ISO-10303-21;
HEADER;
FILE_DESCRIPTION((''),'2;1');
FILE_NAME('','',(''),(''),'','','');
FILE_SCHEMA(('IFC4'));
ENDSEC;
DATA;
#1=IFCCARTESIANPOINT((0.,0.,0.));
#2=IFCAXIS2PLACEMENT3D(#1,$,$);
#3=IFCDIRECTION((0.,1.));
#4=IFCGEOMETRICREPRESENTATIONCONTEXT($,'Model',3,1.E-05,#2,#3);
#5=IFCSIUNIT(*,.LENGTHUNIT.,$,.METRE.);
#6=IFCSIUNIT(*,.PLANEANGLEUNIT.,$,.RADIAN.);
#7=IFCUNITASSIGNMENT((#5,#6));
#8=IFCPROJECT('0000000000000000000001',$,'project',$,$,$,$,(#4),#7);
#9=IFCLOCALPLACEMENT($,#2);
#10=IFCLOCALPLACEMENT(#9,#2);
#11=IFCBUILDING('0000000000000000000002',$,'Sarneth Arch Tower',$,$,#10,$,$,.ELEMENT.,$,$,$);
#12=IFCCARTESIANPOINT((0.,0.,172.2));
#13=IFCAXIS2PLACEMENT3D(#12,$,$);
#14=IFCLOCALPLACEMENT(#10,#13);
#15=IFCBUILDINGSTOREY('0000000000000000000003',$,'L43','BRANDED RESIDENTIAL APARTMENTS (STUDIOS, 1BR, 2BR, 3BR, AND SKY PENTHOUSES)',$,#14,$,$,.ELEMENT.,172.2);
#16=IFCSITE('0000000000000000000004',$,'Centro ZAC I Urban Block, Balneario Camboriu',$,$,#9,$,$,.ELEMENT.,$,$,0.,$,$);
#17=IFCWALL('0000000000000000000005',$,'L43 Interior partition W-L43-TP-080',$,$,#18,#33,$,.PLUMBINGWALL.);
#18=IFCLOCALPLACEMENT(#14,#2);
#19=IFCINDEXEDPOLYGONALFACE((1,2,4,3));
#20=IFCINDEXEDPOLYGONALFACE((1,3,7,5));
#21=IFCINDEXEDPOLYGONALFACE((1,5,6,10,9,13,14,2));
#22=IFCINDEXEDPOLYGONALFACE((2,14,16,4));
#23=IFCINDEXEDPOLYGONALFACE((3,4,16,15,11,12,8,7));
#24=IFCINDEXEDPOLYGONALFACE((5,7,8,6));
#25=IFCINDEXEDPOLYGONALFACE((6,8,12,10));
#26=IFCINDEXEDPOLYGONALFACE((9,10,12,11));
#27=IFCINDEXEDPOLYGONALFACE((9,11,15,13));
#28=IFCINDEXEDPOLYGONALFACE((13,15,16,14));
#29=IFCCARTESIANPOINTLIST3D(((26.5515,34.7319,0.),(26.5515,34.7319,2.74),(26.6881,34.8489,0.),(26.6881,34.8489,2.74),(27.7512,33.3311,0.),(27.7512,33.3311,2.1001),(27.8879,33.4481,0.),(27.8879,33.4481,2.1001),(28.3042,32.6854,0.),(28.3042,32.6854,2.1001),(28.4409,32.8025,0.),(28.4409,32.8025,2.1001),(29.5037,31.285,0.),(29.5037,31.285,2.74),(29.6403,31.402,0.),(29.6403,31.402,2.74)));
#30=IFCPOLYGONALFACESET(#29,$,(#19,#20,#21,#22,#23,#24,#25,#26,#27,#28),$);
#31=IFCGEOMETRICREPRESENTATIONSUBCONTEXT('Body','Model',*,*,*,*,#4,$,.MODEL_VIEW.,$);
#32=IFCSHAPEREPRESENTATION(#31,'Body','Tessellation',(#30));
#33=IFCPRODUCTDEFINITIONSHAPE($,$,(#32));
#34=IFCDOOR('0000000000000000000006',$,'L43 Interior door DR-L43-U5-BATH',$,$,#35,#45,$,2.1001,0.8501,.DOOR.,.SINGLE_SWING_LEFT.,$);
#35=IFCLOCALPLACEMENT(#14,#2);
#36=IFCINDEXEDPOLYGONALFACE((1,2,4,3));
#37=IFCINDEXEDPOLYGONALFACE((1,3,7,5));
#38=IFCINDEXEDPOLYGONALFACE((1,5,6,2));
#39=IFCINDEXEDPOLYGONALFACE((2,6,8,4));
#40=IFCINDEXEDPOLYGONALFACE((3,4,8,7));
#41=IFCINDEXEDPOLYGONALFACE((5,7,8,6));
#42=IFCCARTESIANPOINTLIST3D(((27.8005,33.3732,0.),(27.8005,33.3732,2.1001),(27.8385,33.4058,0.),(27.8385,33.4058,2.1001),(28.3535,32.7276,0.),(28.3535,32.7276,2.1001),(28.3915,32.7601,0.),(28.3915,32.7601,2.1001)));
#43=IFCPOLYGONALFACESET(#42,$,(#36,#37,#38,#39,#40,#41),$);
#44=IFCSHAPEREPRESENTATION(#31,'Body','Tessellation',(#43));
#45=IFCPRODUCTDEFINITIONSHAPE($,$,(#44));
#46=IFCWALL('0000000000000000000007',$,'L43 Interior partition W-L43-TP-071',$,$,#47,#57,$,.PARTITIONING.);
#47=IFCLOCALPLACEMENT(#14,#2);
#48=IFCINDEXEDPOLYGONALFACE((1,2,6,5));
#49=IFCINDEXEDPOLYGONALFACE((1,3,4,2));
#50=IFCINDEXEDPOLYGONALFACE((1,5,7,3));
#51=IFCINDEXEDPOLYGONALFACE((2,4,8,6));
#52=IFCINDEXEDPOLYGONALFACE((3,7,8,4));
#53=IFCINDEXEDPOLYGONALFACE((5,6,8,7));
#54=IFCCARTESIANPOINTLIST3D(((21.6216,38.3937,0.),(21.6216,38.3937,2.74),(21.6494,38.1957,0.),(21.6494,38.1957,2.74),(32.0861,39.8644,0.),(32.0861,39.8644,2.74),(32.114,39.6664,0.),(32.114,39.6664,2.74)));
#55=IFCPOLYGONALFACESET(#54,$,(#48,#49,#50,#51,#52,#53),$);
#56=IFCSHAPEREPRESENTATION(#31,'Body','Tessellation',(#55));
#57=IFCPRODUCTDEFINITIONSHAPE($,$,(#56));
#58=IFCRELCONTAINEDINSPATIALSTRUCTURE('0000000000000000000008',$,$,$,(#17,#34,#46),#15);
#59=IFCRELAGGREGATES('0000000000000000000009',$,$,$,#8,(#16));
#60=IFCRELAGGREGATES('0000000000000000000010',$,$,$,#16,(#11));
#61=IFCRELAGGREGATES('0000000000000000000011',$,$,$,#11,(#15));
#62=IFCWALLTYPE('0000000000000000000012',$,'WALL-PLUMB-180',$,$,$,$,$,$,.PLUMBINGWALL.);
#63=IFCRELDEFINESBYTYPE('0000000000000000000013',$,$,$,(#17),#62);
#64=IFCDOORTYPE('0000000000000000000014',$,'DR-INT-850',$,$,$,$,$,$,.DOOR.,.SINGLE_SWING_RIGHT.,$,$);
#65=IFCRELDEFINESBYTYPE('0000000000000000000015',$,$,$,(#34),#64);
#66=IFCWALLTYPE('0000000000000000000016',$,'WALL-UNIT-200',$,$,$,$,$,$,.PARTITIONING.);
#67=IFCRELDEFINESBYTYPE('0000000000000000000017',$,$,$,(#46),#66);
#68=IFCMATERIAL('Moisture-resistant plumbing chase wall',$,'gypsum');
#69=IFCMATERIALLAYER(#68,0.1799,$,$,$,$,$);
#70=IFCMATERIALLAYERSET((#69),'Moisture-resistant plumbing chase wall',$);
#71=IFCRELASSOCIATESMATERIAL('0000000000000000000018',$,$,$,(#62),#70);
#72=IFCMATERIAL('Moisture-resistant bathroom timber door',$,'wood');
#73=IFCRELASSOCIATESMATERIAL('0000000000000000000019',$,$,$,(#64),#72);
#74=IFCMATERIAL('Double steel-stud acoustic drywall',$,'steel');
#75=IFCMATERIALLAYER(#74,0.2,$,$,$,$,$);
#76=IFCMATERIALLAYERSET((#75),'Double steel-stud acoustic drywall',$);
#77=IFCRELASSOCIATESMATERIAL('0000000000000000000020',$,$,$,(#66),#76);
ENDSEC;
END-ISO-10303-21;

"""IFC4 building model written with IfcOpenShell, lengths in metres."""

from ifc_helpers import new_model, si_unit, direction, frame, frame_2d, origin, place, context, subcontext, project, spatial, rectangle, extrude, material, layer, layer_set, type_object, element, fill, save


model = new_model("IFC4")

# Units and contexts
model_context = context("Model", 3, precision=1e-05, world=origin(), true_north=direction((0.0, 1.0)))
body_context = subcontext(model_context, "Body", "Model", "MODEL_VIEW")
ifc_project = project(units=[si_unit("LENGTHUNIT", "METRE"), si_unit("PLANEANGLEUNIT", "RADIAN")], contexts=[model_context])

# Site, building, storey
site_placement = place(None, origin())
site = spatial("IfcSite", under=ifc_project, at=site_placement, Name="Centro ZAC I Urban Block, Balneario Camboriu", CompositionType="ELEMENT", RefElevation=0.0)
building_placement = place(site_placement, origin())
building = spatial("IfcBuilding", under=site, at=building_placement, Name="Sarneth Arch Tower", CompositionType="ELEMENT")
storey_placement = place(building_placement, frame((0.0, 0.0, 172.2)))
storey = spatial("IfcBuildingStorey", under=building, at=storey_placement, Name="L43", Description="BRANDED RESIDENTIAL APARTMENTS (STUDIOS, 1BR, 2BR, 3BR, AND SKY PENTHOUSES)", CompositionType="ELEMENT", Elevation=172.2)

# Wall, opening, door
ifc_material_1 = material(Name="Moisture-resistant plumbing chase wall", Category="gypsum")
ifc_layer_1 = layer(ifc_material_1, 0.1799)
ifc_layer_set_1 = layer_set([ifc_layer_1], Name="Moisture-resistant plumbing chase wall")
wall_type_1 = type_object("IfcWallType", Name="WALL-PLUMB-180", PredefinedType="PLUMBINGWALL", material=ifc_layer_set_1)
wall_1_placement = place(storey_placement, frame((26.6199, 34.7903, 0.0), z_axis=(0.0, 0.0, 1.0), x_axis=(0.650508, -0.7595, 0.0)))
wall_1 = element("IfcWall", 1, at=wall_1_placement, inside=storey, type_object=wall_type_1, Name="L43 Interior partition W-L43-TP-080", PredefinedType="PLUMBINGWALL", context=body_context, shape_type="SweptSolid", body=[
    extrude(rectangle(XDim=4.5383, YDim=0.1799, at=frame_2d((2.269, 0.0))), origin(), (0.0, 0.0, 1.0), 2.74),
])
opening_1_placement = place(wall_1_placement, frame((1.8442, 0.0, 0.0)))
opening_1 = element("IfcOpeningElement", 2, at=opening_1_placement, cuts=wall_1, PredefinedType="OPENING", context=body_context, shape_type="SweptSolid", body=[
    extrude(rectangle(XDim=0.8501, YDim=2.1001, at=frame_2d((0.425, 1.05))), frame((0.0, 0.0999, 0.0), z_axis=(0.0, -1.0, 0.0), x_axis=(1.0, 0.0, 0.0)), (0.0, 0.0, 1.0), 0.2),
])
ifc_material_2 = material(Name="Moisture-resistant bathroom timber door", Category="wood")
door_type_1 = type_object("IfcDoorType", Name="DR-INT-850", OperationType="SINGLE_SWING_RIGHT", PredefinedType="DOOR", material=ifc_material_2)
door_1_placement = place(opening_1_placement, origin())
door_1 = element("IfcDoor", 3, at=door_1_placement, inside=storey, type_object=door_type_1, Name="L43 Interior door DR-L43-U5-BATH", OperationType="SINGLE_SWING_LEFT", OverallHeight=2.1001, OverallWidth=0.8501, PredefinedType="DOOR", context=body_context, shape_type="SweptSolid", body=[
    extrude(rectangle(XDim=0.8501, YDim=2.1001, at=frame_2d((0.425, 1.05))), frame((0.0, 0.0249, 0.0), z_axis=(0.0, -1.0, 0.0), x_axis=(1.0, 0.0, 0.0)), (0.0, 0.0, 1.0), 0.05),
])
fill(opening_1, door_1)

# Wall
ifc_material_3 = material(Name="Double steel-stud acoustic drywall", Category="steel")
ifc_layer_2 = layer(ifc_material_3, 0.2)
ifc_layer_set_2 = layer_set([ifc_layer_2], Name="Double steel-stud acoustic drywall")
wall_type_2 = type_object("IfcWallType", Name="WALL-UNIT-200", PredefinedType="PARTITIONING", material=ifc_layer_set_2)
wall_2_placement = place(storey_placement, frame((21.6355, 38.2947, 0.0), z_axis=(0.0, 0.0, 1.0), x_axis=(0.990268, 0.139173, 0.0)))
element("IfcWall", 4, at=wall_2_placement, inside=storey, type_object=wall_type_2, Name="L43 Interior partition W-L43-TP-071", PredefinedType="PARTITIONING", context=body_context, shape_type="SweptSolid", body=[
    extrude(rectangle(XDim=10.5674, YDim=0.2, at=frame_2d((5.2837, 0.0))), origin(), (0.0, 0.0, 1.0), 2.74),
])

save(model, "model.ifc")
